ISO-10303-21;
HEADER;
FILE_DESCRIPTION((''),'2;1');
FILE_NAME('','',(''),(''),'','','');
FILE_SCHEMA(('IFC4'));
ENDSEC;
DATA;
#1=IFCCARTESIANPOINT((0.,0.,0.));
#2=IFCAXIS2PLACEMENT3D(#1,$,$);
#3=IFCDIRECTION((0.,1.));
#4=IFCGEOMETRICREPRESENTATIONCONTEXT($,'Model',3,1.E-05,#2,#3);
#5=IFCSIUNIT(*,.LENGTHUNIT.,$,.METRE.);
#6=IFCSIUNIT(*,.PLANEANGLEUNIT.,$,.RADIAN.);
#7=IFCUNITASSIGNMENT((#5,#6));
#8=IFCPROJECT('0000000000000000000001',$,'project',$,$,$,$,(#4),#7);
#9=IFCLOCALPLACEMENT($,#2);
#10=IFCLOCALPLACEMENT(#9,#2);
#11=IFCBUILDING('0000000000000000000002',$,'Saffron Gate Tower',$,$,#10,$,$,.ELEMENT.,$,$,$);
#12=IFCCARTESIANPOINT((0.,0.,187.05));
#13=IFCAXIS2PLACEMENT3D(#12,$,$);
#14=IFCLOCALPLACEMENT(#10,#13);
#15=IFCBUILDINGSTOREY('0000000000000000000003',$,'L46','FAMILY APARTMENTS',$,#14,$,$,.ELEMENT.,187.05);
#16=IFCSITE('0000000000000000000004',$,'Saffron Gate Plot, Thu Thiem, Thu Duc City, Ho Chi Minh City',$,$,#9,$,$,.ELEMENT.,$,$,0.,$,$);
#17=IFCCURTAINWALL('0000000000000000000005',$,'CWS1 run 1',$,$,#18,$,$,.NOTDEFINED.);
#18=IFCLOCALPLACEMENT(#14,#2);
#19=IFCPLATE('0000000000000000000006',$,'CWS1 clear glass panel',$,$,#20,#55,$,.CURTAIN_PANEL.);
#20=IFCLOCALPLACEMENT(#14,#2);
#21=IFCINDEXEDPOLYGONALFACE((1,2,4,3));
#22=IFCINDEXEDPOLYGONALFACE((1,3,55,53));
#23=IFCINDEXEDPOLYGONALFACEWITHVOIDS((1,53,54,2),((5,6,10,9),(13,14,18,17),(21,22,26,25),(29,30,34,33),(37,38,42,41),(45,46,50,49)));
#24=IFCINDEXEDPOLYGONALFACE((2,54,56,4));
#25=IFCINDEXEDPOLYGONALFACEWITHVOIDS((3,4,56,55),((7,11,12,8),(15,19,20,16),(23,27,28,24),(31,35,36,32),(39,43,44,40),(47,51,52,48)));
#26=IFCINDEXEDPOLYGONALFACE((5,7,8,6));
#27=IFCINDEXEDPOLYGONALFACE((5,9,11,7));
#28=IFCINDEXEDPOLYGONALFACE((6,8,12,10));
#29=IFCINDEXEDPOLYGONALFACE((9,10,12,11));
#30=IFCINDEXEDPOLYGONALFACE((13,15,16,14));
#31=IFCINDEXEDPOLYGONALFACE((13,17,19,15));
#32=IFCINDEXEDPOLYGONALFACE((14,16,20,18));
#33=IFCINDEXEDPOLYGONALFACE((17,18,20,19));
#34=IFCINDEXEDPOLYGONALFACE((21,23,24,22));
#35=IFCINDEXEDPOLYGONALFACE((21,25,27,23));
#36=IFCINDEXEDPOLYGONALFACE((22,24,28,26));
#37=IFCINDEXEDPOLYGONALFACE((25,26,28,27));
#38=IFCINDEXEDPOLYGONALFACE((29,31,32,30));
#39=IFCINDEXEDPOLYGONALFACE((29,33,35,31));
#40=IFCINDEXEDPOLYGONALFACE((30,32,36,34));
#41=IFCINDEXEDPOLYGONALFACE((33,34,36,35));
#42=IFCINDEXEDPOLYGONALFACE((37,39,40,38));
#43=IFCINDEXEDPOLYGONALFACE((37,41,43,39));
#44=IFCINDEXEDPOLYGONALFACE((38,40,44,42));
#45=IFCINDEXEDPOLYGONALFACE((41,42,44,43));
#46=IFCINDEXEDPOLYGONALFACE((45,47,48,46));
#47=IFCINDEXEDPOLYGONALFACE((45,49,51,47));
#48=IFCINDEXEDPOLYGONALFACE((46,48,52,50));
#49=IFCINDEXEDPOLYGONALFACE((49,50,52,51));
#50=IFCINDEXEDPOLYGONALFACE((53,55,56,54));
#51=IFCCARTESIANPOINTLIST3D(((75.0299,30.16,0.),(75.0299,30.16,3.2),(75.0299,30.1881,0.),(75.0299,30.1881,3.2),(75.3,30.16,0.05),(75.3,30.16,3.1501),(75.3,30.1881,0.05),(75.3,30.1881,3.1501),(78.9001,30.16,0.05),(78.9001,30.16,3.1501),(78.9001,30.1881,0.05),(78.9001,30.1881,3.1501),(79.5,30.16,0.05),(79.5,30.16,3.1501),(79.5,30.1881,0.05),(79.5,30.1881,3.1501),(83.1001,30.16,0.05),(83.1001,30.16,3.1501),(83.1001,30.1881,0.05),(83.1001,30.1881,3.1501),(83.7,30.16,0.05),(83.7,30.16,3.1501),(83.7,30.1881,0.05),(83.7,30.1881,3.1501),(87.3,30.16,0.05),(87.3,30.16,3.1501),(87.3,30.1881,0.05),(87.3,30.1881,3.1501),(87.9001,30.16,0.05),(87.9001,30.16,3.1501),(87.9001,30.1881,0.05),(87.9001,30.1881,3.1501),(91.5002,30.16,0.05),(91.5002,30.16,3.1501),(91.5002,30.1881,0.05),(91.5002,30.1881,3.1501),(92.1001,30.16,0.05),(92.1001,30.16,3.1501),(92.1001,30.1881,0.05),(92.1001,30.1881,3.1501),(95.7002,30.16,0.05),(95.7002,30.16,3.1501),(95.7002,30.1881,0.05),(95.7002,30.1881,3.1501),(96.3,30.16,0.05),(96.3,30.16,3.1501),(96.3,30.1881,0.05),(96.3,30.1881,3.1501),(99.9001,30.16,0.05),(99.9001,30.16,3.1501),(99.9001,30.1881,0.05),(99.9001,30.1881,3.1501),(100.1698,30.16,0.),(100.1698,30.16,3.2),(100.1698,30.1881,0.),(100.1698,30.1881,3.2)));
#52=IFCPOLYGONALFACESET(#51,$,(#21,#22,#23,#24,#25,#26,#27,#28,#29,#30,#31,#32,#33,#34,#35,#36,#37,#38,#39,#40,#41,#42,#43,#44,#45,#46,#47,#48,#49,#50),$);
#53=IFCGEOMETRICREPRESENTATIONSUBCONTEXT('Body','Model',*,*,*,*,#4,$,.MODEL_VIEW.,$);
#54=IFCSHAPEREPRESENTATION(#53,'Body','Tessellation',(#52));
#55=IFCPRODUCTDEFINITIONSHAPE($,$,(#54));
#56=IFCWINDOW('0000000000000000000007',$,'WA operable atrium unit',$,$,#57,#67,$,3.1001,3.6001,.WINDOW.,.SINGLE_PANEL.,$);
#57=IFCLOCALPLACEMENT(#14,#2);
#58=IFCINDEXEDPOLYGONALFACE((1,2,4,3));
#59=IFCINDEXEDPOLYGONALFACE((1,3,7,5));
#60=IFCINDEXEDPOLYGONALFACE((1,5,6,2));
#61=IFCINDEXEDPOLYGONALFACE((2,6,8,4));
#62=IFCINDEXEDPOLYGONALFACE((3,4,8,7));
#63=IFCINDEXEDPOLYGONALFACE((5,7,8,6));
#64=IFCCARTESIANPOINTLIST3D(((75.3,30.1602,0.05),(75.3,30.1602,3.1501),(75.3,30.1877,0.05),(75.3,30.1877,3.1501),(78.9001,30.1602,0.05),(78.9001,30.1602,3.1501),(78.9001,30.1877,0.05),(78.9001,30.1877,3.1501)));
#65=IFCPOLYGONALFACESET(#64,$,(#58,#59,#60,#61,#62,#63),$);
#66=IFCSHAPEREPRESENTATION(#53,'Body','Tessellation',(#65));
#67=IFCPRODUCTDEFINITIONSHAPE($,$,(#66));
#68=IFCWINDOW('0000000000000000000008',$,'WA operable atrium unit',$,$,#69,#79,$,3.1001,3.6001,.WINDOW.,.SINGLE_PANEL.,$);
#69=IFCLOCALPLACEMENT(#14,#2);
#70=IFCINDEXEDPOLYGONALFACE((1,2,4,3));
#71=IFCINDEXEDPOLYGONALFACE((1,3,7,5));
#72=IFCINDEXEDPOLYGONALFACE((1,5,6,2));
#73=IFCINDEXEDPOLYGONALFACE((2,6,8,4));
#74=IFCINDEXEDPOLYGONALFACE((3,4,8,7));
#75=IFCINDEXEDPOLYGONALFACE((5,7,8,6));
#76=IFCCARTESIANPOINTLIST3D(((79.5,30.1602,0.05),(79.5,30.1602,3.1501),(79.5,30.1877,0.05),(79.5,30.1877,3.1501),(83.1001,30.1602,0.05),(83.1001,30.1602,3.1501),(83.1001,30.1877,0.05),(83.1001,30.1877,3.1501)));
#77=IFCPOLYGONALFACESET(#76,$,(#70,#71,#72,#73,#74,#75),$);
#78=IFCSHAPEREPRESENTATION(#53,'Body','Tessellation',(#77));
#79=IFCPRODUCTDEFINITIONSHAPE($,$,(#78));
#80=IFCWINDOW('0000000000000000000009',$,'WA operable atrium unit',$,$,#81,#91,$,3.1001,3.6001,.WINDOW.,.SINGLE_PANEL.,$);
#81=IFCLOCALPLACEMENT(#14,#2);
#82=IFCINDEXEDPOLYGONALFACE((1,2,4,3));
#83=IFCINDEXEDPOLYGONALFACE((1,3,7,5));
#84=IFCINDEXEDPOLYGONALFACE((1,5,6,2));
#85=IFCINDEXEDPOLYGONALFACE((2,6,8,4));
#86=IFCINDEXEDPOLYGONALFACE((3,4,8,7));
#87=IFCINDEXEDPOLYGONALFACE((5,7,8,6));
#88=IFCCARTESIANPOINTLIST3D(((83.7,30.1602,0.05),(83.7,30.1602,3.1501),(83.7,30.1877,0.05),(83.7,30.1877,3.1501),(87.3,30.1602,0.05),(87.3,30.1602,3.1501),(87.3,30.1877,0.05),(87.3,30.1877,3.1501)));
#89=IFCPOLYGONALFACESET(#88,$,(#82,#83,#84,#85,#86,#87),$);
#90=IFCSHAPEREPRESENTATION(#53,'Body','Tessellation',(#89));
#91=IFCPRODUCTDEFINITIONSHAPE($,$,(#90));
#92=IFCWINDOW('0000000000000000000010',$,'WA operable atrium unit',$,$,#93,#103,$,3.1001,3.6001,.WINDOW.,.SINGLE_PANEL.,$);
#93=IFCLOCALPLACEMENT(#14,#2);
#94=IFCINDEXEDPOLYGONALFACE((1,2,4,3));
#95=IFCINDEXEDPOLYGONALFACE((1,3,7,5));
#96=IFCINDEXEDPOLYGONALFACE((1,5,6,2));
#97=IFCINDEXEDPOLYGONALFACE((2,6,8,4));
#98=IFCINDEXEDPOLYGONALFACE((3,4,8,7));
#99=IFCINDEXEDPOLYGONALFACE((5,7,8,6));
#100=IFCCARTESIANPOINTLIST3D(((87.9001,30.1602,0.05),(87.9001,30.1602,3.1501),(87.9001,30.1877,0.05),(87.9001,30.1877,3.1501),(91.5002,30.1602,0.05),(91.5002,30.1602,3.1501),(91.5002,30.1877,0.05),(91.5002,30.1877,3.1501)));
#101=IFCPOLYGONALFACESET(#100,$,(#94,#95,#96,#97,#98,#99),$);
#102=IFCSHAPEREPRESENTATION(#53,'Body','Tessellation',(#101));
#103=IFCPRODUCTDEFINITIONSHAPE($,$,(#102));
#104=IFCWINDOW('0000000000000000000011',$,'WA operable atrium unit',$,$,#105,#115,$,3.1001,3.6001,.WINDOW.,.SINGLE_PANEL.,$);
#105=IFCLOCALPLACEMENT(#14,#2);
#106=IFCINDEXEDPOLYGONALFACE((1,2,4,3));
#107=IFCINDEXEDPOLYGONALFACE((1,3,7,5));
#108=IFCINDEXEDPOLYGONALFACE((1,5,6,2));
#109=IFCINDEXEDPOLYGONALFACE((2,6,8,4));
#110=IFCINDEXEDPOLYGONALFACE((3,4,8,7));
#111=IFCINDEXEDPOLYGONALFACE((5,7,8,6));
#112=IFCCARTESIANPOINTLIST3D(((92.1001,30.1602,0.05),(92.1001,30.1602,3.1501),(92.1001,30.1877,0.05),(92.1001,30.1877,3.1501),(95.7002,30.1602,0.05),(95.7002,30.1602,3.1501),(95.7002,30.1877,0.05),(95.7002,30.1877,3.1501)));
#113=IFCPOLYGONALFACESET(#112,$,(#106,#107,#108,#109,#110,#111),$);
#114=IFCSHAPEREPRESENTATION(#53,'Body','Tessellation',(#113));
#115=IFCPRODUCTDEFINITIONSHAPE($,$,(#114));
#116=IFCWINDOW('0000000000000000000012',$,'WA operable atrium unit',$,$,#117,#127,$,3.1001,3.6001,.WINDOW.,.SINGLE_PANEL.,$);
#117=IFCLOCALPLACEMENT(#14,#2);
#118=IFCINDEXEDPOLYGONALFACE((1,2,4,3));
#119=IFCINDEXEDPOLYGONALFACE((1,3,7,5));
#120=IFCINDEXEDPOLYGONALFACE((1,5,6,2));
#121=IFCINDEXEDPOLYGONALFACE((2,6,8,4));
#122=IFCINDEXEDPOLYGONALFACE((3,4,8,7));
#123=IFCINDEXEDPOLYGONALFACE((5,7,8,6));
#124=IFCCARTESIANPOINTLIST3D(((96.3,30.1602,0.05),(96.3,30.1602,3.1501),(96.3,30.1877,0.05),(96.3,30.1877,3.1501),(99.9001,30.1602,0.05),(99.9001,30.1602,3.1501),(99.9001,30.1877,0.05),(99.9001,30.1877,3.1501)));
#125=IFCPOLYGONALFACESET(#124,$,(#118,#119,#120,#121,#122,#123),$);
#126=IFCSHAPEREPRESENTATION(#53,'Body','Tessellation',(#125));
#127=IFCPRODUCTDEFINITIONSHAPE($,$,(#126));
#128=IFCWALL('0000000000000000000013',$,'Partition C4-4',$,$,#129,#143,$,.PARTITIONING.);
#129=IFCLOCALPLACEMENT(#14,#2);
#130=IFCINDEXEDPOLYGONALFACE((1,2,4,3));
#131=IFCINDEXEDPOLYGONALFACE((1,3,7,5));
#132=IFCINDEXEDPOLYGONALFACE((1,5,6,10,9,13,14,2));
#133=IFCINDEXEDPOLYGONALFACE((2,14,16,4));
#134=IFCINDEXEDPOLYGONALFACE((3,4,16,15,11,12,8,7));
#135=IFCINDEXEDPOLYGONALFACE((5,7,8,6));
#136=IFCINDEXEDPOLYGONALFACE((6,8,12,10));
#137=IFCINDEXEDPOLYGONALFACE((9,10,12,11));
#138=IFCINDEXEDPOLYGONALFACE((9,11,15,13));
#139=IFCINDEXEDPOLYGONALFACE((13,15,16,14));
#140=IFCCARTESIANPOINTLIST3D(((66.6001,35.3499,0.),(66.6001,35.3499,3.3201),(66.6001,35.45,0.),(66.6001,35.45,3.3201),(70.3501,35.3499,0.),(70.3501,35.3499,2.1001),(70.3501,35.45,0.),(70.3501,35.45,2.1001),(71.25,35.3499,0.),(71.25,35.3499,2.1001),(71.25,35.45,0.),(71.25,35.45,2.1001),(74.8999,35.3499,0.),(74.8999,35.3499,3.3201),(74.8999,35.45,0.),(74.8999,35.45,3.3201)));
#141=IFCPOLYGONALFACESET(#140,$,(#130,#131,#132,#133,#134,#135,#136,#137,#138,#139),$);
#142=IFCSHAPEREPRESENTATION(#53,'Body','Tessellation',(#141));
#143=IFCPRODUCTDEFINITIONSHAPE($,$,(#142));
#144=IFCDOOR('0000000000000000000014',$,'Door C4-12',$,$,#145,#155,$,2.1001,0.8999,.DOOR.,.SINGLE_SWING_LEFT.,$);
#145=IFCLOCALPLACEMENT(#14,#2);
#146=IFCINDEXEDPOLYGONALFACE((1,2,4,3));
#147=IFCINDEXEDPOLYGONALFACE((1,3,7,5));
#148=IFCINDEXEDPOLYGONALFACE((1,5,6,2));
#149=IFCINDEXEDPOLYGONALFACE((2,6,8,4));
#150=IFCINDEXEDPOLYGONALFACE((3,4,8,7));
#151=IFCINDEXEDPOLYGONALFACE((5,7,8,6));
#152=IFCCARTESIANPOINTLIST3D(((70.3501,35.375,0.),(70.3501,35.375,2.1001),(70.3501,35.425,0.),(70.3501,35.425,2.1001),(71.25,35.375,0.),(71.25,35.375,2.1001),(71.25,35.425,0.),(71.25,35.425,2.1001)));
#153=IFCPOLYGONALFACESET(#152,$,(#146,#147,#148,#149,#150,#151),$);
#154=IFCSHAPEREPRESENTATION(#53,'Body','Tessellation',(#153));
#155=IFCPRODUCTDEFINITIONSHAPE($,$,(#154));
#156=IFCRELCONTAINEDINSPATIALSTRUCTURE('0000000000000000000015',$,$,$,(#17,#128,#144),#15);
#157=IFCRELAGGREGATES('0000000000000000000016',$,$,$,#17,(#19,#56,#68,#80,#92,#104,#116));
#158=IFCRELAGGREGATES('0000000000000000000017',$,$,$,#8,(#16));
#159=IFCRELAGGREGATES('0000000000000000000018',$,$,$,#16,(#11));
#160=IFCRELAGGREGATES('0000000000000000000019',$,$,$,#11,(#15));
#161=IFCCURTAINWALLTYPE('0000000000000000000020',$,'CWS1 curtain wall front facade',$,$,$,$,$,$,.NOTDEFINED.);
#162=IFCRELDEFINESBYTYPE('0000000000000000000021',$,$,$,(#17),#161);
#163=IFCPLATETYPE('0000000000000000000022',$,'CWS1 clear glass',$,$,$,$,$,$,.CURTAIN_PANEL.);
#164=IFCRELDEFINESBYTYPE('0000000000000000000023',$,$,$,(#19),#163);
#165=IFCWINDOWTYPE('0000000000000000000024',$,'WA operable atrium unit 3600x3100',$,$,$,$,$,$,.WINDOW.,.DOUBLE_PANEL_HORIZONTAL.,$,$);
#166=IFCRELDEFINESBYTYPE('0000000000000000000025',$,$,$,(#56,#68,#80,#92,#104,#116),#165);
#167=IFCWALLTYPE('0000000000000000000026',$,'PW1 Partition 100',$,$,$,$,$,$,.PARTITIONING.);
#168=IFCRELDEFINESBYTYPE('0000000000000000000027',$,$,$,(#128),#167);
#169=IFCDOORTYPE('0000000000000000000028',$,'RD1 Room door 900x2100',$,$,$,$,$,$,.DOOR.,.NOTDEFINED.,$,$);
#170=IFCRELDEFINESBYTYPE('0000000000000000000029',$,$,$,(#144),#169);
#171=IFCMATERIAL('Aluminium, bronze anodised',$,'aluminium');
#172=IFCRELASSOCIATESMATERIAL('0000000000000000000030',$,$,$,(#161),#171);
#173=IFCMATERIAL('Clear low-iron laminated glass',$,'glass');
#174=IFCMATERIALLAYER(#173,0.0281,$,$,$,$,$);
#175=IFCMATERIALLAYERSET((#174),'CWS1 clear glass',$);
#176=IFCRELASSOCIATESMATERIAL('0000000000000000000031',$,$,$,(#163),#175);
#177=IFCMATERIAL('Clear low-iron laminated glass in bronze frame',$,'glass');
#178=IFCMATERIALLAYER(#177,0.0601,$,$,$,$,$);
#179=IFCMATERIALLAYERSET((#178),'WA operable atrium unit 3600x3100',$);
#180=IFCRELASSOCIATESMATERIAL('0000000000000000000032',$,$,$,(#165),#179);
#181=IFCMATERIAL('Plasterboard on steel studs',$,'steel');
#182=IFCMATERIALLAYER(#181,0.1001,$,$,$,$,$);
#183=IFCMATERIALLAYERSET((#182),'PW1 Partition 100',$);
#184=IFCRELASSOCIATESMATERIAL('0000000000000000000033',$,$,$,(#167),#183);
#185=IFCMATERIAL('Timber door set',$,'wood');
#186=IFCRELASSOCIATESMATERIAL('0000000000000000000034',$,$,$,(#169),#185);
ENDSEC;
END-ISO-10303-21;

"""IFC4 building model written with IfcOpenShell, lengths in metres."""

from ifc_helpers import new_model, si_unit, direction, frame, frame_2d, origin, place, context, subcontext, project, spatial, rectangle, extrude, material, layer, layer_set, type_object, element, fill, aggregate, save


model = new_model("IFC4")

# Units and contexts
model_context = context("Model", 3, precision=1e-05, world=origin(), true_north=direction((0.0, 1.0)))
body_context = subcontext(model_context, "Body", "Model", "MODEL_VIEW")
ifc_project = project(units=[si_unit("LENGTHUNIT", "METRE"), si_unit("PLANEANGLEUNIT", "RADIAN")], contexts=[model_context])

# Site, building, storey
site_placement = place(None, origin())
site = spatial("IfcSite", under=ifc_project, at=site_placement, Name="Saffron Gate Plot, Thu Thiem, Thu Duc City, Ho Chi Minh City", CompositionType="ELEMENT", RefElevation=0.0)
building_placement = place(site_placement, origin())
building = spatial("IfcBuilding", under=site, at=building_placement, Name="Saffron Gate Tower", CompositionType="ELEMENT")
storey_placement = place(building_placement, frame((0.0, 0.0, 187.05)))
storey = spatial("IfcBuildingStorey", under=building, at=storey_placement, Name="L46", Description="FAMILY APARTMENTS", CompositionType="ELEMENT", Elevation=187.05)

# Curtain wall, plate, openings, windows
ifc_material_1 = material(Name="Aluminium, bronze anodised", Category="aluminium")
curtain_wall_type = type_object("IfcCurtainWallType", Name="CWS1 curtain wall front facade", PredefinedType="NOTDEFINED", material=ifc_material_1)
curtain_wall_placement = place(storey_placement, origin())
curtain_wall = element("IfcCurtainWall", 1, at=curtain_wall_placement, inside=storey, type_object=curtain_wall_type, Name="CWS1 run 1", PredefinedType="NOTDEFINED")
ifc_material_2 = material(Name="Clear low-iron laminated glass", Category="glass")
ifc_layer_1 = layer(ifc_material_2, 0.0281)
ifc_layer_set_1 = layer_set([ifc_layer_1], Name="CWS1 clear glass")
plate_type = type_object("IfcPlateType", Name="CWS1 clear glass", PredefinedType="CURTAIN_PANEL", material=ifc_layer_set_1)
plate_placement = place(storey_placement, frame((75.03, 30.1741, 0.0), z_axis=(0.0, 0.0, 1.0), x_axis=(1.0, 0.0, 0.0)))
plate = element("IfcPlate", 2, at=plate_placement, type_object=plate_type, Name="CWS1 clear glass panel", PredefinedType="CURTAIN_PANEL", context=body_context, shape_type="SweptSolid", body=[
    extrude(rectangle(XDim=25.1399, YDim=0.0281, at=frame_2d((12.5698, 0.0))), origin(), (0.0, 0.0, 1.0), 3.2),
])
opening_1_placement = place(plate_placement, frame((0.27, 0.0, 0.05)))
opening_1 = element("IfcOpeningElement", 3, at=opening_1_placement, cuts=plate, PredefinedType="OPENING", context=body_context, shape_type="SweptSolid", body=[
    extrude(rectangle(XDim=3.6001, YDim=3.1001, at=frame_2d((1.8, 1.55))), frame((0.0, 0.0239, 0.0), z_axis=(0.0, -1.0, 0.0), x_axis=(1.0, 0.0, 0.0)), (0.0, 0.0, 1.0), 0.0481),
])
opening_2_placement = place(plate_placement, frame((4.47, 0.0, 0.05)))
opening_2 = element("IfcOpeningElement", 4, at=opening_2_placement, cuts=plate, PredefinedType="OPENING", context=body_context, shape_type="SweptSolid", body=[
    extrude(rectangle(XDim=3.6001, YDim=3.1001, at=frame_2d((1.8, 1.55))), frame((0.0, 0.0239, 0.0), z_axis=(0.0, -1.0, 0.0), x_axis=(1.0, 0.0, 0.0)), (0.0, 0.0, 1.0), 0.0481),
])
opening_3_placement = place(plate_placement, frame((8.6699, 0.0, 0.05)))
opening_3 = element("IfcOpeningElement", 5, at=opening_3_placement, cuts=plate, PredefinedType="OPENING", context=body_context, shape_type="SweptSolid", body=[
    extrude(rectangle(XDim=3.6001, YDim=3.1001, at=frame_2d((1.8, 1.55))), frame((0.0, 0.0239, 0.0), z_axis=(0.0, -1.0, 0.0), x_axis=(1.0, 0.0, 0.0)), (0.0, 0.0, 1.0), 0.0481),
])
opening_4_placement = place(plate_placement, frame((12.8701, 0.0, 0.05)))
opening_4 = element("IfcOpeningElement", 6, at=opening_4_placement, cuts=plate, PredefinedType="OPENING", context=body_context, shape_type="SweptSolid", body=[
    extrude(rectangle(XDim=3.6001, YDim=3.1001, at=frame_2d((1.8, 1.55))), frame((0.0, 0.0239, 0.0), z_axis=(0.0, -1.0, 0.0), x_axis=(1.0, 0.0, 0.0)), (0.0, 0.0, 1.0), 0.0481),
])
opening_5_placement = place(plate_placement, frame((17.0701, 0.0, 0.05)))
opening_5 = element("IfcOpeningElement", 7, at=opening_5_placement, cuts=plate, PredefinedType="OPENING", context=body_context, shape_type="SweptSolid", body=[
    extrude(rectangle(XDim=3.6001, YDim=3.1001, at=frame_2d((1.8, 1.55))), frame((0.0, 0.0239, 0.0), z_axis=(0.0, -1.0, 0.0), x_axis=(1.0, 0.0, 0.0)), (0.0, 0.0, 1.0), 0.0481),
])
opening_6_placement = place(plate_placement, frame((21.27, 0.0, 0.05)))
opening_6 = element("IfcOpeningElement", 8, at=opening_6_placement, cuts=plate, PredefinedType="OPENING", context=body_context, shape_type="SweptSolid", body=[
    extrude(rectangle(XDim=3.6001, YDim=3.1001, at=frame_2d((1.8, 1.55))), frame((0.0, 0.0239, 0.0), z_axis=(0.0, -1.0, 0.0), x_axis=(1.0, 0.0, 0.0)), (0.0, 0.0, 1.0), 0.0481),
])
ifc_material_3 = material(Name="Clear low-iron laminated glass in bronze frame", Category="glass")
ifc_layer_2 = layer(ifc_material_3, 0.0601)
ifc_layer_set_2 = layer_set([ifc_layer_2], Name="WA operable atrium unit 3600x3100")
window_type = type_object("IfcWindowType", Name="WA operable atrium unit 3600x3100", PartitioningType="DOUBLE_PANEL_HORIZONTAL", PredefinedType="WINDOW", material=ifc_layer_set_2)
window_1_placement = place(opening_1_placement, origin())
window_1 = element("IfcWindow", 9, at=window_1_placement, type_object=window_type, Name="WA operable atrium unit", OverallHeight=3.1001, OverallWidth=3.6001, PartitioningType="SINGLE_PANEL", PredefinedType="WINDOW", context=body_context, shape_type="SweptSolid", body=[
    extrude(rectangle(XDim=3.6001, YDim=3.1001, at=frame_2d((1.8, 1.55))), frame((0.0, 0.0137, 0.0), z_axis=(0.0, -1.0, 0.0), x_axis=(1.0, 0.0, 0.0)), (0.0, 0.0, 1.0), 0.0276),
])
fill(opening_1, window_1)
window_2_placement = place(opening_2_placement, origin())
window_2 = element("IfcWindow", 10, at=window_2_placement, type_object=window_type, Name="WA operable atrium unit", OverallHeight=3.1001, OverallWidth=3.6001, PartitioningType="SINGLE_PANEL", PredefinedType="WINDOW", context=body_context, shape_type="SweptSolid", body=[
    extrude(rectangle(XDim=3.6001, YDim=3.1001, at=frame_2d((1.8, 1.55))), frame((0.0, 0.0137, 0.0), z_axis=(0.0, -1.0, 0.0), x_axis=(1.0, 0.0, 0.0)), (0.0, 0.0, 1.0), 0.0276),
])
fill(opening_2, window_2)
window_3_placement = place(opening_3_placement, origin())
window_3 = element("IfcWindow", 11, at=window_3_placement, type_object=window_type, Name="WA operable atrium unit", OverallHeight=3.1001, OverallWidth=3.6001, PartitioningType="SINGLE_PANEL", PredefinedType="WINDOW", context=body_context, shape_type="SweptSolid", body=[
    extrude(rectangle(XDim=3.6001, YDim=3.1001, at=frame_2d((1.8, 1.55))), frame((0.0, 0.0137, 0.0), z_axis=(0.0, -1.0, 0.0), x_axis=(1.0, 0.0, 0.0)), (0.0, 0.0, 1.0), 0.0276),
])
fill(opening_3, window_3)
window_4_placement = place(opening_4_placement, origin())
window_4 = element("IfcWindow", 12, at=window_4_placement, type_object=window_type, Name="WA operable atrium unit", OverallHeight=3.1001, OverallWidth=3.6001, PartitioningType="SINGLE_PANEL", PredefinedType="WINDOW", context=body_context, shape_type="SweptSolid", body=[
    extrude(rectangle(XDim=3.6001, YDim=3.1001, at=frame_2d((1.8, 1.55))), frame((0.0, 0.0137, 0.0), z_axis=(0.0, -1.0, 0.0), x_axis=(1.0, 0.0, 0.0)), (0.0, 0.0, 1.0), 0.0276),
])
fill(opening_4, window_4)
window_5_placement = place(opening_5_placement, origin())
window_5 = element("IfcWindow", 13, at=window_5_placement, type_object=window_type, Name="WA operable atrium unit", OverallHeight=3.1001, OverallWidth=3.6001, PartitioningType="SINGLE_PANEL", PredefinedType="WINDOW", context=body_context, shape_type="SweptSolid", body=[
    extrude(rectangle(XDim=3.6001, YDim=3.1001, at=frame_2d((1.8, 1.55))), frame((0.0, 0.0137, 0.0), z_axis=(0.0, -1.0, 0.0), x_axis=(1.0, 0.0, 0.0)), (0.0, 0.0, 1.0), 0.0276),
])
fill(opening_5, window_5)
window_6_placement = place(opening_6_placement, origin())
window_6 = element("IfcWindow", 14, at=window_6_placement, type_object=window_type, Name="WA operable atrium unit", OverallHeight=3.1001, OverallWidth=3.6001, PartitioningType="SINGLE_PANEL", PredefinedType="WINDOW", context=body_context, shape_type="SweptSolid", body=[
    extrude(rectangle(XDim=3.6001, YDim=3.1001, at=frame_2d((1.8, 1.55))), frame((0.0, 0.0137, 0.0), z_axis=(0.0, -1.0, 0.0), x_axis=(1.0, 0.0, 0.0)), (0.0, 0.0, 1.0), 0.0276),
])
fill(opening_6, window_6)
aggregate(curtain_wall, [plate, window_1, window_2, window_3, window_4, window_5, window_6])

# Wall, opening, door
ifc_material_4 = material(Name="Plasterboard on steel studs", Category="steel")
ifc_layer_3 = layer(ifc_material_4, 0.1001)
ifc_layer_set_3 = layer_set([ifc_layer_3], Name="PW1 Partition 100")
wall_type_1 = type_object("IfcWallType", Name="PW1 Partition 100", PredefinedType="PARTITIONING", material=ifc_layer_set_3)
wall_1_placement = place(storey_placement, frame((74.8999, 35.3999, 0.0), z_axis=(0.0, 0.0, 1.0), x_axis=(-1.0, 0.0, 0.0)))
wall_1 = element("IfcWall", 15, at=wall_1_placement, inside=storey, type_object=wall_type_1, Name="Partition C4-4", PredefinedType="PARTITIONING", context=body_context, shape_type="SweptSolid", body=[
    extrude(rectangle(XDim=8.2998, YDim=0.1001, at=frame_2d((4.1499, 0.0))), origin(), (0.0, 0.0, 1.0), 3.3201),
])
opening_7_placement = place(wall_1_placement, frame((3.6499, 0.0, 0.0)))
opening_7 = element("IfcOpeningElement", 16, at=opening_7_placement, cuts=wall_1, PredefinedType="OPENING", context=body_context, shape_type="SweptSolid", body=[
    extrude(rectangle(XDim=0.8999, YDim=2.1001, at=frame_2d((0.45, 1.05))), frame((0.0, 0.0601, 0.0), z_axis=(0.0, -1.0, 0.0), x_axis=(1.0, 0.0, 0.0)), (0.0, 0.0, 1.0), 0.1201),
])
ifc_material_5 = material(Name="Timber door set", Category="wood")
door_type = type_object("IfcDoorType", Name="RD1 Room door 900x2100", OperationType="NOTDEFINED", PredefinedType="DOOR", material=ifc_material_5)
door_placement = place(opening_7_placement, origin())
door = element("IfcDoor", 17, at=door_placement, inside=storey, type_object=door_type, Name="Door C4-12", OperationType="SINGLE_SWING_LEFT", OverallHeight=2.1001, OverallWidth=0.8999, PredefinedType="DOOR", context=body_context, shape_type="SweptSolid", body=[
    extrude(rectangle(XDim=0.8999, YDim=2.1001, at=frame_2d((0.45, 1.05))), frame((0.0, 0.0249, 0.0), z_axis=(0.0, -1.0, 0.0), x_axis=(1.0, 0.0, 0.0)), (0.0, 0.0, 1.0), 0.05),
])
fill(opening_7, door)

save(model, "model.ifc")
